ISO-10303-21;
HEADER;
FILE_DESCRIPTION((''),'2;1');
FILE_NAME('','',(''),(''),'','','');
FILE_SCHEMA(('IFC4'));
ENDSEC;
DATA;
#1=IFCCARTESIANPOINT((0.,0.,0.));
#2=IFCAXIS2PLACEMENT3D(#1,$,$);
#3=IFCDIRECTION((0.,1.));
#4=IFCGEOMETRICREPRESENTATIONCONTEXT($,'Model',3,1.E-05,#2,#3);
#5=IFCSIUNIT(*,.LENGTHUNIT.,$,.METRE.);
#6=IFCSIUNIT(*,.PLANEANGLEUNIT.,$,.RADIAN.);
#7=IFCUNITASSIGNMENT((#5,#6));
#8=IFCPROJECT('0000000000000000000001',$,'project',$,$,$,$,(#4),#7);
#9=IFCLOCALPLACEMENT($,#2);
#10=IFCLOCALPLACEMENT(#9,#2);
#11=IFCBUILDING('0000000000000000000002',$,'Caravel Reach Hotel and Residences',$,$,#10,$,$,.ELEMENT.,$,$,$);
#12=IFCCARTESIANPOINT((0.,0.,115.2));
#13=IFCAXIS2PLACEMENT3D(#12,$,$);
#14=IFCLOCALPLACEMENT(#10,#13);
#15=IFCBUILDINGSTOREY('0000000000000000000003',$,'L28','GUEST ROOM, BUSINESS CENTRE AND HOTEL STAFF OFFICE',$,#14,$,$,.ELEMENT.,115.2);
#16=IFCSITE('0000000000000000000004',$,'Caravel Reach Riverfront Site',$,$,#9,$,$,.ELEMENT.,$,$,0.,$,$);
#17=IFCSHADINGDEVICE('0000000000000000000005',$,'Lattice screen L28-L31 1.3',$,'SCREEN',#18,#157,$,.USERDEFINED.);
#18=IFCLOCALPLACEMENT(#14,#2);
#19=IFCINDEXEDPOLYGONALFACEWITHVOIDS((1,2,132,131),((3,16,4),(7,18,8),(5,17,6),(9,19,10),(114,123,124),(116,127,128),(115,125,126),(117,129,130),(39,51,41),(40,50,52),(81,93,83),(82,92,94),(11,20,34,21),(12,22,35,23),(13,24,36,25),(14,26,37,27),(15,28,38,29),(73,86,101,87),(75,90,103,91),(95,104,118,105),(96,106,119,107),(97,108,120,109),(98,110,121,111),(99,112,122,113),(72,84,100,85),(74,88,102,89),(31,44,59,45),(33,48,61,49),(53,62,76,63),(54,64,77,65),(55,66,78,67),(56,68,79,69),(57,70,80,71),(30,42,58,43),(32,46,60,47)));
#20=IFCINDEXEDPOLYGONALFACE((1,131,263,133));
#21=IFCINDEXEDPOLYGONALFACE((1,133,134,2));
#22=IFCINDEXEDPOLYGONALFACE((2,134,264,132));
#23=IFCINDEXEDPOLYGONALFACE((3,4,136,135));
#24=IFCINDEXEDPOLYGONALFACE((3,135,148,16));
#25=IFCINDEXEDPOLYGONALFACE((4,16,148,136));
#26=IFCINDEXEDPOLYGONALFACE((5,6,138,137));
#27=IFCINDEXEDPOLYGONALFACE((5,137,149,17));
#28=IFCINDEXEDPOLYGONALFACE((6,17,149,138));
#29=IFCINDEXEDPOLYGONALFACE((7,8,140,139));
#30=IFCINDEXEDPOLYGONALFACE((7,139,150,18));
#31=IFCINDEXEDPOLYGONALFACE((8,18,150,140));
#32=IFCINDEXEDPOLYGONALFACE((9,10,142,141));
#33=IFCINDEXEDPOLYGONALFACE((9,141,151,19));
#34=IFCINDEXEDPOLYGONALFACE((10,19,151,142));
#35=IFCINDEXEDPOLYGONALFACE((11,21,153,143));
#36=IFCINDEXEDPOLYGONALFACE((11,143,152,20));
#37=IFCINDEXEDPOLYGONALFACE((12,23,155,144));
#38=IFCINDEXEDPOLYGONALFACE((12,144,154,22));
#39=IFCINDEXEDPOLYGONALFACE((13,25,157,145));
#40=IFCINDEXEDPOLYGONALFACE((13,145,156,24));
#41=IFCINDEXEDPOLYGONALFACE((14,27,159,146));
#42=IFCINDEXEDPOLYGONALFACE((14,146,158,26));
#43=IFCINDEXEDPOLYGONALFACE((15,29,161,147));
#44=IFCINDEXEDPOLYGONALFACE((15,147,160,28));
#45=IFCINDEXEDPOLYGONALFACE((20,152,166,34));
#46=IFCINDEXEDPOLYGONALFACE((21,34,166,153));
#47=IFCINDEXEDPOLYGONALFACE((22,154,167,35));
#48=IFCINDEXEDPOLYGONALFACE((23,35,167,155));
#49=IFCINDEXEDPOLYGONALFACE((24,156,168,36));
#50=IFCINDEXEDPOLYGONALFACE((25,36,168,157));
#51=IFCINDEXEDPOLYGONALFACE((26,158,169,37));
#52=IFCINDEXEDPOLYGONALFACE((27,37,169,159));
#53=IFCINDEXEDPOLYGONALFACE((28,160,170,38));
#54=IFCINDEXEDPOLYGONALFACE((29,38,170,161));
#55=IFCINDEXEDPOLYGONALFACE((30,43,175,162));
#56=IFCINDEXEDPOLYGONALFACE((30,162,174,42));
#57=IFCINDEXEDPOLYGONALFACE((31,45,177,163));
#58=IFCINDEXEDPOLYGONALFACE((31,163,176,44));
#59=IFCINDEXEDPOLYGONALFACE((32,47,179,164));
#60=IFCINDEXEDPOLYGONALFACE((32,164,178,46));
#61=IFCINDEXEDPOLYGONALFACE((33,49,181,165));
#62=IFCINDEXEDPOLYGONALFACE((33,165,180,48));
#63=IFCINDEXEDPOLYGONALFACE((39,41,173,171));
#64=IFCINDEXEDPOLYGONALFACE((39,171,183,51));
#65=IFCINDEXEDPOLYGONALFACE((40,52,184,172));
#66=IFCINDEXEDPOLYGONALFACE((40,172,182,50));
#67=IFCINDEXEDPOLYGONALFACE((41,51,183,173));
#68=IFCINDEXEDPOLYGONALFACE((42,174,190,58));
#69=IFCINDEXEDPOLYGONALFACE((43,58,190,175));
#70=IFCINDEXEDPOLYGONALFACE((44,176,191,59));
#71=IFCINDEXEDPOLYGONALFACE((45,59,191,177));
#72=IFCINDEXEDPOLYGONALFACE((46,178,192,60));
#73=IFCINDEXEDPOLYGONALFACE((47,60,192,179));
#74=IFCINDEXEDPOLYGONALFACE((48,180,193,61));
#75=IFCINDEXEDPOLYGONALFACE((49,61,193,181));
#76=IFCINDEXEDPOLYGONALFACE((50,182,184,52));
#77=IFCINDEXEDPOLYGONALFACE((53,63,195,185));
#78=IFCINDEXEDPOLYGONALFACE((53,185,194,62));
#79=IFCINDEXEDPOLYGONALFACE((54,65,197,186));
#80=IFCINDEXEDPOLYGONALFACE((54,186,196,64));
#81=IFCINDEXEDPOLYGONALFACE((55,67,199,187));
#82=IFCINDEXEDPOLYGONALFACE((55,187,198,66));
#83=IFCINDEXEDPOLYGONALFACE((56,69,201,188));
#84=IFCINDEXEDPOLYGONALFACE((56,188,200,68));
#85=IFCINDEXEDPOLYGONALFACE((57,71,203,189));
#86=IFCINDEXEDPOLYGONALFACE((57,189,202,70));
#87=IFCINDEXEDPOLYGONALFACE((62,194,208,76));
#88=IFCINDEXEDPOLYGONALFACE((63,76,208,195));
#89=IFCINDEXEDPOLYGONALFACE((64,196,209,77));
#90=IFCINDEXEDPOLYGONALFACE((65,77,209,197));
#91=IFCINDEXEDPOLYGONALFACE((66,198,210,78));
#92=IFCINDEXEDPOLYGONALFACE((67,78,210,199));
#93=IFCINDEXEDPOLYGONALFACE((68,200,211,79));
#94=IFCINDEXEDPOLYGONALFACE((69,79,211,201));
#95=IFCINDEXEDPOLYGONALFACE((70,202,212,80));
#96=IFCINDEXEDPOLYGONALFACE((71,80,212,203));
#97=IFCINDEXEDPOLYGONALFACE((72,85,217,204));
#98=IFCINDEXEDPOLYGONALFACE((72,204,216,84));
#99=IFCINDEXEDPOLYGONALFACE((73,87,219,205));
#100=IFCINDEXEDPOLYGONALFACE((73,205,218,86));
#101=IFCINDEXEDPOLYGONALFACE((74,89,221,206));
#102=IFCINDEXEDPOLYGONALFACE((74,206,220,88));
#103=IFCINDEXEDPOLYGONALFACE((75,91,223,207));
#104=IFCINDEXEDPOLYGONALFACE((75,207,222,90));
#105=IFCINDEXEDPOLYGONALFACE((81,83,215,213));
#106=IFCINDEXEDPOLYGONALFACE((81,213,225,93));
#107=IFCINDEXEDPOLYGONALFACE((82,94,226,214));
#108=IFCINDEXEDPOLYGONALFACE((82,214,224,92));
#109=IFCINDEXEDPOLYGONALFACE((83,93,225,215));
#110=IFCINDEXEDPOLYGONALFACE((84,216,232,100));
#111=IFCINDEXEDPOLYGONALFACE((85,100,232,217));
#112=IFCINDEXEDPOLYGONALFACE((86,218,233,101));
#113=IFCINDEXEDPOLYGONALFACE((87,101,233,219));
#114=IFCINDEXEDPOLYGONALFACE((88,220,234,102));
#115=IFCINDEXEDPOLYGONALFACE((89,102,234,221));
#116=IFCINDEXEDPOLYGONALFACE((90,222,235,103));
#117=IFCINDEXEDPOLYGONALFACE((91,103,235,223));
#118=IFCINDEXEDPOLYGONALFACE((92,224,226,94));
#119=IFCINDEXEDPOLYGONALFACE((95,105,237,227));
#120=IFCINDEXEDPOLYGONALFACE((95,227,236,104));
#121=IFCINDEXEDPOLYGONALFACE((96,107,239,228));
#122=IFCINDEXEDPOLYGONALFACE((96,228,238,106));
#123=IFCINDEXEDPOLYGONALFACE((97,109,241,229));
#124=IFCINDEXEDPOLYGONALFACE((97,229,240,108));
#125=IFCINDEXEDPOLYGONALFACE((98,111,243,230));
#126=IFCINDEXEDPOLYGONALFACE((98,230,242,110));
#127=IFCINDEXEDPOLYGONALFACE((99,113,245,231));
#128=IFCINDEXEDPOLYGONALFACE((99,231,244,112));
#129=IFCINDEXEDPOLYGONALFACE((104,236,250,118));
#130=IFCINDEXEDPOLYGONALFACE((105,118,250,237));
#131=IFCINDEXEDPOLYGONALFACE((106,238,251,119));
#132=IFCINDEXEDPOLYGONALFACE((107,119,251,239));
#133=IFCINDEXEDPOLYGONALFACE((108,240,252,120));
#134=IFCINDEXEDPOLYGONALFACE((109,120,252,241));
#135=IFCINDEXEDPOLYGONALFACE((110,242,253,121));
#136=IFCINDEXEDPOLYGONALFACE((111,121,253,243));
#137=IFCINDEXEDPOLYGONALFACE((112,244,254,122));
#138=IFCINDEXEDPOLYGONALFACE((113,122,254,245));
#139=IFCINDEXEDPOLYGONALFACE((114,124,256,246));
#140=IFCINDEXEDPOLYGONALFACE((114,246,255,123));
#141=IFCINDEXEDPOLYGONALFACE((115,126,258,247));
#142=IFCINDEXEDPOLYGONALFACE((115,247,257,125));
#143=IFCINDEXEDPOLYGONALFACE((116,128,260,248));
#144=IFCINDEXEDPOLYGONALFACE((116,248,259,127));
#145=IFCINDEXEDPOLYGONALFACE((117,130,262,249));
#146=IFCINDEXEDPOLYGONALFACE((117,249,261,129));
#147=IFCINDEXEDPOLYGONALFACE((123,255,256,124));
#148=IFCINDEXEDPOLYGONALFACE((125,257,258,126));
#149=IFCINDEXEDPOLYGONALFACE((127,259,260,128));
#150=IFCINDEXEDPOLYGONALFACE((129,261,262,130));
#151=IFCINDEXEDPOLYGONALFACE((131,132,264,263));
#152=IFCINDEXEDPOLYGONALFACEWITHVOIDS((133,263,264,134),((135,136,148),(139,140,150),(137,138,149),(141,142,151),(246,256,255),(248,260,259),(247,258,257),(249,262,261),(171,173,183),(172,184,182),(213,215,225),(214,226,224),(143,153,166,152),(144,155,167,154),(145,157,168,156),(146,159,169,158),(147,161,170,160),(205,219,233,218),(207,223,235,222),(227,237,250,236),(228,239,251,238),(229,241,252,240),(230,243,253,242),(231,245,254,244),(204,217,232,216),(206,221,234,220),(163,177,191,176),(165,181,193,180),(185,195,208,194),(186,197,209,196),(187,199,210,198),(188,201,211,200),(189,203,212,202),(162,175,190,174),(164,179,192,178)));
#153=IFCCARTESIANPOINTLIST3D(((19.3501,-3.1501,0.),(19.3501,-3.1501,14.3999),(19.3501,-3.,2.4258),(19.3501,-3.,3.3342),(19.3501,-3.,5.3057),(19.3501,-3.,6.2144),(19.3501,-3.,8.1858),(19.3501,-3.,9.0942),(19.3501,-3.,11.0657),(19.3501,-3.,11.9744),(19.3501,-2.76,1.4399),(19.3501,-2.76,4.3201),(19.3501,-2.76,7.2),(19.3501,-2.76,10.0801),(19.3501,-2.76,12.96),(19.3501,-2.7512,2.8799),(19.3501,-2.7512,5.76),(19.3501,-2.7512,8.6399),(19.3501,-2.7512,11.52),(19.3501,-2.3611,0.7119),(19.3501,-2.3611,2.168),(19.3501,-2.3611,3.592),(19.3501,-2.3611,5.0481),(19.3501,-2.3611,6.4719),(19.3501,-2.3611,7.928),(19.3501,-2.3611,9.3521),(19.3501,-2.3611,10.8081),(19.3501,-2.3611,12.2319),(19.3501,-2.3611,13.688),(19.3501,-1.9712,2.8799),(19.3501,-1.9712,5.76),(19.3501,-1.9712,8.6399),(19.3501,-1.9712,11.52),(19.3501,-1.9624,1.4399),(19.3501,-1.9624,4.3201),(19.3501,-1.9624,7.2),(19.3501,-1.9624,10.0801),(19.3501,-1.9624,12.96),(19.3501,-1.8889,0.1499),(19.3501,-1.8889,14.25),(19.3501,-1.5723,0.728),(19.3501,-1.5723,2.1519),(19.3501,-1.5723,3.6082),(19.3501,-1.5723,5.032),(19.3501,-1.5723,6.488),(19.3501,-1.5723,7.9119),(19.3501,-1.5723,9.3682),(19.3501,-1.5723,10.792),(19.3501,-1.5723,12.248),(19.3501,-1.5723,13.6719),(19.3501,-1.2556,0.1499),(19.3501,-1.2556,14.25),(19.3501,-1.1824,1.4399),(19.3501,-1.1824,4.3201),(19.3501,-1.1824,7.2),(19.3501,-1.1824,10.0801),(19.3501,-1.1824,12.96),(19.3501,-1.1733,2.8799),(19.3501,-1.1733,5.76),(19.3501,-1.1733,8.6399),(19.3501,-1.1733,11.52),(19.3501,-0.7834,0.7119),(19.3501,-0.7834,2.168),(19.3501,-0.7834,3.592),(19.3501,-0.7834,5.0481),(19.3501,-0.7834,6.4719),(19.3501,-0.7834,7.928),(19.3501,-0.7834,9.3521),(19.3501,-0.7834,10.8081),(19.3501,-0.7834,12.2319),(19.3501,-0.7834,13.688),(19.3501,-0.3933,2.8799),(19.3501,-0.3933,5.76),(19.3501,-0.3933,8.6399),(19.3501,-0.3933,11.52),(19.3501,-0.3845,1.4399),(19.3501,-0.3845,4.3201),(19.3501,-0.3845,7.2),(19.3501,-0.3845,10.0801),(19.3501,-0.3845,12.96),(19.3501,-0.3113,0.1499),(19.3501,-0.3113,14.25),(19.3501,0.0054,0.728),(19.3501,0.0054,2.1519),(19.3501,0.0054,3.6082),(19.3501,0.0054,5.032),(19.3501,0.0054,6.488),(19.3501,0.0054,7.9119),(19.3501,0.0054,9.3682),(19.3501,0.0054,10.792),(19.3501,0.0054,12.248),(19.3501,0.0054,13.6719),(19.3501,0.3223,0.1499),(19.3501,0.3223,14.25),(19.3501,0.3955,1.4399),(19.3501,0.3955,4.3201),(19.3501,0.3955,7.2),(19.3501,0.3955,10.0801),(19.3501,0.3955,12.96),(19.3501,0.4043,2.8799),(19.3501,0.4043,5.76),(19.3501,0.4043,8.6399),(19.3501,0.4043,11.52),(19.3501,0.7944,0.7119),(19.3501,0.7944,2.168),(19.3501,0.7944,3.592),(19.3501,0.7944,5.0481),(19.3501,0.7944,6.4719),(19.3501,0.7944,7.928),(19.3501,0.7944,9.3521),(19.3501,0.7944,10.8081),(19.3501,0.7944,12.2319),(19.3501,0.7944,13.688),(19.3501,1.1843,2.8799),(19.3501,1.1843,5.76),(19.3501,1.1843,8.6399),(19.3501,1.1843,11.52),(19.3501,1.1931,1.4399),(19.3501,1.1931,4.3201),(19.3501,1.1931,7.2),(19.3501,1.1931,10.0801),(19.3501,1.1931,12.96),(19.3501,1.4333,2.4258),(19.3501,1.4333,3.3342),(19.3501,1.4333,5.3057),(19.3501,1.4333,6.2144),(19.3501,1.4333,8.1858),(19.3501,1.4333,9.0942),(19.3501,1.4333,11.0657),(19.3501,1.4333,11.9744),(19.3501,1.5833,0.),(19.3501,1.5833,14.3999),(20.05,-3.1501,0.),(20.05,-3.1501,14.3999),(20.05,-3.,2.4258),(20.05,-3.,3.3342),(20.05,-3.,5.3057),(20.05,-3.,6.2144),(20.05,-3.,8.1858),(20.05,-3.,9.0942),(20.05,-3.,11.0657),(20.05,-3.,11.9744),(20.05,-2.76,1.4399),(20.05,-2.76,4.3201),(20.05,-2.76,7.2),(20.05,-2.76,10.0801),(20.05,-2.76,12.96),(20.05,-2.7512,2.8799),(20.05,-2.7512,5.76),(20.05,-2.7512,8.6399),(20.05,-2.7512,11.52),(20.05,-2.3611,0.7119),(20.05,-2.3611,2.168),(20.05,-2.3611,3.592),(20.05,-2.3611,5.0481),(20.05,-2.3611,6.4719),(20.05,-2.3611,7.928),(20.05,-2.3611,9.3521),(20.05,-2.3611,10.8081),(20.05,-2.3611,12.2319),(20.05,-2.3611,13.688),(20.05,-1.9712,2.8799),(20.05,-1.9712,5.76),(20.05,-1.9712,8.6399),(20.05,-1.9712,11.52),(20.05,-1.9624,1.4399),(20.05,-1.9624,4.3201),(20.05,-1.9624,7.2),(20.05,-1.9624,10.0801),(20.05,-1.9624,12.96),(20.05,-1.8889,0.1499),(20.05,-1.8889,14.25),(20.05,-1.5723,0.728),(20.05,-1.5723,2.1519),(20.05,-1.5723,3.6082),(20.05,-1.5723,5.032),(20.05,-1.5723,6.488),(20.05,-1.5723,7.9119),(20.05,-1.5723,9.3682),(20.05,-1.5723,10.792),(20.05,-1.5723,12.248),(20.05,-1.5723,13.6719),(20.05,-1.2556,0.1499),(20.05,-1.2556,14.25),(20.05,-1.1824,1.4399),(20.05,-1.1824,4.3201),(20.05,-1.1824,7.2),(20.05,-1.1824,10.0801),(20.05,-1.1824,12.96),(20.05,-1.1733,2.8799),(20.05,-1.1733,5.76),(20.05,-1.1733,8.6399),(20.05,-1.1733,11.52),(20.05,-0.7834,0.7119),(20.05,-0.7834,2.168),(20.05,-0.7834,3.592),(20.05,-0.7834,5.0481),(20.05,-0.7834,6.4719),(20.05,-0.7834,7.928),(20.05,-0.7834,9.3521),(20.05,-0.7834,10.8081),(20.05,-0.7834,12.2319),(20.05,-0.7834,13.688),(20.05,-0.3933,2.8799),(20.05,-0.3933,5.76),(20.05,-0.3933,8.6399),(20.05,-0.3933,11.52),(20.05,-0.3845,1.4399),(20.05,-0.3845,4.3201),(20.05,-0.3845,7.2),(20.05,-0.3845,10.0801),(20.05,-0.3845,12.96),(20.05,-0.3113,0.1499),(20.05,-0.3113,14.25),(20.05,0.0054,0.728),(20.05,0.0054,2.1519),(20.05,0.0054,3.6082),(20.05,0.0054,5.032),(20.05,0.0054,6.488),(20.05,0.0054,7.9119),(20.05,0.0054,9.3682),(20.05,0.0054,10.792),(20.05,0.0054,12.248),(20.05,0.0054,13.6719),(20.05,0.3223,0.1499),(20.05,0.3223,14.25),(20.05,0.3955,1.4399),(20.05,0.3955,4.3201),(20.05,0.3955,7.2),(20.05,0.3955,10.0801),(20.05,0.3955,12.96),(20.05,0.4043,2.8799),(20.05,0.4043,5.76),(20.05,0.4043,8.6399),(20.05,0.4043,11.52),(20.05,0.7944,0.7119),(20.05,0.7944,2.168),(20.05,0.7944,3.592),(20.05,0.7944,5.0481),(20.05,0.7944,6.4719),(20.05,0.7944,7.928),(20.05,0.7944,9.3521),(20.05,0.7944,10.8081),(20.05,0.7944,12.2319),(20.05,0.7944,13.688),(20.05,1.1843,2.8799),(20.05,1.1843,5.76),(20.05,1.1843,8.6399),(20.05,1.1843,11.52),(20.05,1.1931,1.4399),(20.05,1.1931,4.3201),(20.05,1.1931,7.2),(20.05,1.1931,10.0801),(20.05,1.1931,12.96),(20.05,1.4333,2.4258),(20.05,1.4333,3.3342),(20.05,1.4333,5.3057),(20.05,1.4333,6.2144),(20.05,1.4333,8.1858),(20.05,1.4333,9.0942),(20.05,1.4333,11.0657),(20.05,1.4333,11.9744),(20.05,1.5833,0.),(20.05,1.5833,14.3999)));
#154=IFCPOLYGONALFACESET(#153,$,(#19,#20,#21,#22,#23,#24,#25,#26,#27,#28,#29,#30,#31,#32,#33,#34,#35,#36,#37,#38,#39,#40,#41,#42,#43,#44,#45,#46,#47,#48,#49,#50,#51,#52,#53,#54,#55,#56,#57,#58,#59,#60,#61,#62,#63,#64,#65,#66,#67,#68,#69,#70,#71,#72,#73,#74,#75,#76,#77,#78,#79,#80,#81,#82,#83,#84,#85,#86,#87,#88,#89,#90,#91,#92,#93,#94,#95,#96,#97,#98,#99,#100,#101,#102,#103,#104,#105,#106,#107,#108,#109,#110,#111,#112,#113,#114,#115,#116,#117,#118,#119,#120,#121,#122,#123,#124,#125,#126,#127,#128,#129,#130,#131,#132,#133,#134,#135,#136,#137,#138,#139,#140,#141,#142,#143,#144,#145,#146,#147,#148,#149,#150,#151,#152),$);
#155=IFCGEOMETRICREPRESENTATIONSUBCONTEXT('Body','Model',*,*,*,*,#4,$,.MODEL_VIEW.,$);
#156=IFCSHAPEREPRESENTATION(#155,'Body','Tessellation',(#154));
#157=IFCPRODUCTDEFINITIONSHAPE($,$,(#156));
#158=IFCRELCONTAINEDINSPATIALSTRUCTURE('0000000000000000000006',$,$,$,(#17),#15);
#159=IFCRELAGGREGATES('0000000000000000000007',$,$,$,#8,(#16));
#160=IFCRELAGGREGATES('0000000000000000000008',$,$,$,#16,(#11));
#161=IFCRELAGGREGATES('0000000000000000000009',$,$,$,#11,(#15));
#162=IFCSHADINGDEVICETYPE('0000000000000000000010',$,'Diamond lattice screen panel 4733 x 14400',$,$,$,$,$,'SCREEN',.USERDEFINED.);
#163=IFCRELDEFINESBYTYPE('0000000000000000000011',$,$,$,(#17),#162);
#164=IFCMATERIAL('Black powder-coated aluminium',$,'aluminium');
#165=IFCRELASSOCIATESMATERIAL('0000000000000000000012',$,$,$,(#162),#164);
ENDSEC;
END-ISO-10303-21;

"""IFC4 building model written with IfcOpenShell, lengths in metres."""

from ifc_helpers import new_model, si_unit, direction, frame, origin, place, context, subcontext, project, spatial, polyline, outline, extrude, material, type_object, element, save


model = new_model("IFC4")

# Units and contexts
model_context = context("Model", 3, precision=1e-05, world=origin(), true_north=direction((0.0, 1.0)))
body_context = subcontext(model_context, "Body", "Model", "MODEL_VIEW")
ifc_project = project(units=[si_unit("LENGTHUNIT", "METRE"), si_unit("PLANEANGLEUNIT", "RADIAN")], contexts=[model_context])

# Site, building, storey
site_placement = place(None, origin())
site = spatial("IfcSite", under=ifc_project, at=site_placement, Name="Caravel Reach Riverfront Site", CompositionType="ELEMENT", RefElevation=0.0)
building_placement = place(site_placement, origin())
building = spatial("IfcBuilding", under=site, at=building_placement, Name="Caravel Reach Hotel and Residences", CompositionType="ELEMENT")
storey_placement = place(building_placement, frame((0.0, 0.0, 115.2)))
storey = spatial("IfcBuildingStorey", under=building, at=storey_placement, Name="L28", Description="GUEST ROOM, BUSINESS CENTRE AND HOTEL STAFF OFFICE", CompositionType="ELEMENT", Elevation=115.2)

# Shading device
ifc_material_1 = material(Name="Black powder-coated aluminium", Category="aluminium")
shading_device_type_1 = type_object("IfcShadingDeviceType", Name="Diamond lattice screen panel 4733 x 14400", ElementType="SCREEN", PredefinedType="USERDEFINED", material=ifc_material_1)
shading_device_1_placement = place(storey_placement, frame((20.05, 1.5833, 0.0), z_axis=(-1.0, 0.0, 0.0), x_axis=(0.0, -1.0, 0.0)))
element("IfcShadingDevice", 1, at=shading_device_1_placement, inside=storey, type_object=shading_device_type_1, Name="Lattice screen L28-L31 1.3", ObjectType="SCREEN", PredefinedType="USERDEFINED", context=body_context, shape_type="SweptSolid", body=[
    extrude(outline(polyline([(0.0, 0.0), (4.7334, 0.0), (4.7334, 14.3999), (0.0, 14.3999), (0.0, 0.0)]), holes=[polyline([(0.3989, 2.8799), (0.1499, 3.3342), (0.1499, 2.4258), (0.3989, 2.8799)]), polyline([(0.3989, 5.76), (0.1499, 6.2144), (0.1499, 5.3057), (0.3989, 5.76)]), polyline([(0.3989, 8.6399), (0.1499, 9.0942), (0.1499, 8.1858), (0.3989, 8.6399)]), polyline([(0.3989, 11.52), (0.1499, 11.9744), (0.1499, 11.0657), (0.3989, 11.52)]), polyline([(0.7888, 2.168), (0.3901, 1.4399), (0.7888, 0.7119), (1.1877, 1.4399), (0.7888, 2.168)]), polyline([(0.7888, 5.0481), (0.3901, 4.3201), (0.7888, 3.592), (1.1877, 4.3201), (0.7888, 5.0481)]), polyline([(0.7888, 7.928), (0.3901, 7.2), (0.7888, 6.4719), (1.1877, 7.2), (0.7888, 7.928)]), polyline([(0.7888, 10.8081), (0.3901, 10.0801), (0.7888, 9.3521), (1.1877, 10.0801), (0.7888, 10.8081)]), polyline([(0.7888, 13.688), (0.3901, 12.96), (0.7888, 12.2319), (1.1877, 12.96), (0.7888, 13.688)]), polyline([(1.5779, 0.728), (1.261, 0.1499), (1.8945, 0.1499), (1.5779, 0.728)]), polyline([(1.5779, 3.6082), (1.179, 2.8799), (1.5779, 2.1519), (1.9766, 2.8799), (1.5779, 3.6082)]), polyline([(1.5779, 6.488), (1.179, 5.76), (1.5779, 5.032), (1.9766, 5.76), (1.5779, 6.488)]), polyline([(1.5779, 9.3682), (1.179, 8.6399), (1.5779, 7.9119), (1.9766, 8.6399), (1.5779, 9.3682)]), polyline([(1.5779, 12.248), (1.179, 11.52), (1.5779, 10.792), (1.9766, 11.52), (1.5779, 12.248)]), polyline([(1.5779, 13.6719), (1.8945, 14.25), (1.261, 14.25), (1.5779, 13.6719)]), polyline([(2.3667, 2.168), (1.9678, 1.4399), (2.3667, 0.7119), (2.7656, 1.4399), (2.3667, 2.168)]), polyline([(2.3667, 5.0481), (1.9678, 4.3201), (2.3667, 3.592), (2.7656, 4.3201), (2.3667, 5.0481)]), polyline([(2.3667, 7.928), (1.9678, 7.2), (2.3667, 6.4719), (2.7656, 7.2), (2.3667, 7.928)]), polyline([(2.3667, 10.8081), (1.9678, 10.0801), (2.3667, 9.3521), (2.7656, 10.0801), (2.3667, 10.8081)]), polyline([(2.3667, 13.688), (1.9678, 12.96), (2.3667, 12.2319), (2.7656, 12.96), (2.3667, 13.688)]), polyline([(3.1555, 0.728), (2.8389, 0.1499), (3.4722, 0.1499), (3.1555, 0.728)]), polyline([(3.1555, 3.6082), (2.7566, 2.8799), (3.1555, 2.1519), (3.5544, 2.8799), (3.1555, 3.6082)]), polyline([(3.1555, 6.488), (2.7566, 5.76), (3.1555, 5.032), (3.5544, 5.76), (3.1555, 6.488)]), polyline([(3.1555, 9.3682), (2.7566, 8.6399), (3.1555, 7.9119), (3.5544, 8.6399), (3.1555, 9.3682)]), polyline([(3.1555, 12.248), (2.7566, 11.52), (3.1555, 10.792), (3.5544, 11.52), (3.1555, 12.248)]), polyline([(3.1555, 13.6719), (3.4722, 14.25), (2.8389, 14.25), (3.1555, 13.6719)]), polyline([(3.9443, 2.168), (3.5457, 1.4399), (3.9443, 0.7119), (4.3433, 1.4399), (3.9443, 2.168)]), polyline([(3.9443, 5.0481), (3.5457, 4.3201), (3.9443, 3.592), (4.3433, 4.3201), (3.9443, 5.0481)]), polyline([(3.9443, 7.928), (3.5457, 7.2), (3.9443, 6.4719), (4.3433, 7.2), (3.9443, 7.928)]), polyline([(3.9443, 10.8081), (3.5457, 10.0801), (3.9443, 9.3521), (4.3433, 10.0801), (3.9443, 10.8081)]), polyline([(3.9443, 13.688), (3.5457, 12.96), (3.9443, 12.2319), (4.3433, 12.96), (3.9443, 13.688)]), polyline([(4.3345, 2.8799), (4.5833, 2.4258), (4.5833, 3.3342), (4.3345, 2.8799)]), polyline([(4.3345, 5.76), (4.5833, 5.3057), (4.5833, 6.2144), (4.3345, 5.76)]), polyline([(4.3345, 8.6399), (4.5833, 8.1858), (4.5833, 9.0942), (4.3345, 8.6399)]), polyline([(4.3345, 11.52), (4.5833, 11.0657), (4.5833, 11.9744), (4.3345, 11.52)])]), origin(), (0.0, 0.0, 1.0), 0.7),
])

save(model, "model.ifc")
